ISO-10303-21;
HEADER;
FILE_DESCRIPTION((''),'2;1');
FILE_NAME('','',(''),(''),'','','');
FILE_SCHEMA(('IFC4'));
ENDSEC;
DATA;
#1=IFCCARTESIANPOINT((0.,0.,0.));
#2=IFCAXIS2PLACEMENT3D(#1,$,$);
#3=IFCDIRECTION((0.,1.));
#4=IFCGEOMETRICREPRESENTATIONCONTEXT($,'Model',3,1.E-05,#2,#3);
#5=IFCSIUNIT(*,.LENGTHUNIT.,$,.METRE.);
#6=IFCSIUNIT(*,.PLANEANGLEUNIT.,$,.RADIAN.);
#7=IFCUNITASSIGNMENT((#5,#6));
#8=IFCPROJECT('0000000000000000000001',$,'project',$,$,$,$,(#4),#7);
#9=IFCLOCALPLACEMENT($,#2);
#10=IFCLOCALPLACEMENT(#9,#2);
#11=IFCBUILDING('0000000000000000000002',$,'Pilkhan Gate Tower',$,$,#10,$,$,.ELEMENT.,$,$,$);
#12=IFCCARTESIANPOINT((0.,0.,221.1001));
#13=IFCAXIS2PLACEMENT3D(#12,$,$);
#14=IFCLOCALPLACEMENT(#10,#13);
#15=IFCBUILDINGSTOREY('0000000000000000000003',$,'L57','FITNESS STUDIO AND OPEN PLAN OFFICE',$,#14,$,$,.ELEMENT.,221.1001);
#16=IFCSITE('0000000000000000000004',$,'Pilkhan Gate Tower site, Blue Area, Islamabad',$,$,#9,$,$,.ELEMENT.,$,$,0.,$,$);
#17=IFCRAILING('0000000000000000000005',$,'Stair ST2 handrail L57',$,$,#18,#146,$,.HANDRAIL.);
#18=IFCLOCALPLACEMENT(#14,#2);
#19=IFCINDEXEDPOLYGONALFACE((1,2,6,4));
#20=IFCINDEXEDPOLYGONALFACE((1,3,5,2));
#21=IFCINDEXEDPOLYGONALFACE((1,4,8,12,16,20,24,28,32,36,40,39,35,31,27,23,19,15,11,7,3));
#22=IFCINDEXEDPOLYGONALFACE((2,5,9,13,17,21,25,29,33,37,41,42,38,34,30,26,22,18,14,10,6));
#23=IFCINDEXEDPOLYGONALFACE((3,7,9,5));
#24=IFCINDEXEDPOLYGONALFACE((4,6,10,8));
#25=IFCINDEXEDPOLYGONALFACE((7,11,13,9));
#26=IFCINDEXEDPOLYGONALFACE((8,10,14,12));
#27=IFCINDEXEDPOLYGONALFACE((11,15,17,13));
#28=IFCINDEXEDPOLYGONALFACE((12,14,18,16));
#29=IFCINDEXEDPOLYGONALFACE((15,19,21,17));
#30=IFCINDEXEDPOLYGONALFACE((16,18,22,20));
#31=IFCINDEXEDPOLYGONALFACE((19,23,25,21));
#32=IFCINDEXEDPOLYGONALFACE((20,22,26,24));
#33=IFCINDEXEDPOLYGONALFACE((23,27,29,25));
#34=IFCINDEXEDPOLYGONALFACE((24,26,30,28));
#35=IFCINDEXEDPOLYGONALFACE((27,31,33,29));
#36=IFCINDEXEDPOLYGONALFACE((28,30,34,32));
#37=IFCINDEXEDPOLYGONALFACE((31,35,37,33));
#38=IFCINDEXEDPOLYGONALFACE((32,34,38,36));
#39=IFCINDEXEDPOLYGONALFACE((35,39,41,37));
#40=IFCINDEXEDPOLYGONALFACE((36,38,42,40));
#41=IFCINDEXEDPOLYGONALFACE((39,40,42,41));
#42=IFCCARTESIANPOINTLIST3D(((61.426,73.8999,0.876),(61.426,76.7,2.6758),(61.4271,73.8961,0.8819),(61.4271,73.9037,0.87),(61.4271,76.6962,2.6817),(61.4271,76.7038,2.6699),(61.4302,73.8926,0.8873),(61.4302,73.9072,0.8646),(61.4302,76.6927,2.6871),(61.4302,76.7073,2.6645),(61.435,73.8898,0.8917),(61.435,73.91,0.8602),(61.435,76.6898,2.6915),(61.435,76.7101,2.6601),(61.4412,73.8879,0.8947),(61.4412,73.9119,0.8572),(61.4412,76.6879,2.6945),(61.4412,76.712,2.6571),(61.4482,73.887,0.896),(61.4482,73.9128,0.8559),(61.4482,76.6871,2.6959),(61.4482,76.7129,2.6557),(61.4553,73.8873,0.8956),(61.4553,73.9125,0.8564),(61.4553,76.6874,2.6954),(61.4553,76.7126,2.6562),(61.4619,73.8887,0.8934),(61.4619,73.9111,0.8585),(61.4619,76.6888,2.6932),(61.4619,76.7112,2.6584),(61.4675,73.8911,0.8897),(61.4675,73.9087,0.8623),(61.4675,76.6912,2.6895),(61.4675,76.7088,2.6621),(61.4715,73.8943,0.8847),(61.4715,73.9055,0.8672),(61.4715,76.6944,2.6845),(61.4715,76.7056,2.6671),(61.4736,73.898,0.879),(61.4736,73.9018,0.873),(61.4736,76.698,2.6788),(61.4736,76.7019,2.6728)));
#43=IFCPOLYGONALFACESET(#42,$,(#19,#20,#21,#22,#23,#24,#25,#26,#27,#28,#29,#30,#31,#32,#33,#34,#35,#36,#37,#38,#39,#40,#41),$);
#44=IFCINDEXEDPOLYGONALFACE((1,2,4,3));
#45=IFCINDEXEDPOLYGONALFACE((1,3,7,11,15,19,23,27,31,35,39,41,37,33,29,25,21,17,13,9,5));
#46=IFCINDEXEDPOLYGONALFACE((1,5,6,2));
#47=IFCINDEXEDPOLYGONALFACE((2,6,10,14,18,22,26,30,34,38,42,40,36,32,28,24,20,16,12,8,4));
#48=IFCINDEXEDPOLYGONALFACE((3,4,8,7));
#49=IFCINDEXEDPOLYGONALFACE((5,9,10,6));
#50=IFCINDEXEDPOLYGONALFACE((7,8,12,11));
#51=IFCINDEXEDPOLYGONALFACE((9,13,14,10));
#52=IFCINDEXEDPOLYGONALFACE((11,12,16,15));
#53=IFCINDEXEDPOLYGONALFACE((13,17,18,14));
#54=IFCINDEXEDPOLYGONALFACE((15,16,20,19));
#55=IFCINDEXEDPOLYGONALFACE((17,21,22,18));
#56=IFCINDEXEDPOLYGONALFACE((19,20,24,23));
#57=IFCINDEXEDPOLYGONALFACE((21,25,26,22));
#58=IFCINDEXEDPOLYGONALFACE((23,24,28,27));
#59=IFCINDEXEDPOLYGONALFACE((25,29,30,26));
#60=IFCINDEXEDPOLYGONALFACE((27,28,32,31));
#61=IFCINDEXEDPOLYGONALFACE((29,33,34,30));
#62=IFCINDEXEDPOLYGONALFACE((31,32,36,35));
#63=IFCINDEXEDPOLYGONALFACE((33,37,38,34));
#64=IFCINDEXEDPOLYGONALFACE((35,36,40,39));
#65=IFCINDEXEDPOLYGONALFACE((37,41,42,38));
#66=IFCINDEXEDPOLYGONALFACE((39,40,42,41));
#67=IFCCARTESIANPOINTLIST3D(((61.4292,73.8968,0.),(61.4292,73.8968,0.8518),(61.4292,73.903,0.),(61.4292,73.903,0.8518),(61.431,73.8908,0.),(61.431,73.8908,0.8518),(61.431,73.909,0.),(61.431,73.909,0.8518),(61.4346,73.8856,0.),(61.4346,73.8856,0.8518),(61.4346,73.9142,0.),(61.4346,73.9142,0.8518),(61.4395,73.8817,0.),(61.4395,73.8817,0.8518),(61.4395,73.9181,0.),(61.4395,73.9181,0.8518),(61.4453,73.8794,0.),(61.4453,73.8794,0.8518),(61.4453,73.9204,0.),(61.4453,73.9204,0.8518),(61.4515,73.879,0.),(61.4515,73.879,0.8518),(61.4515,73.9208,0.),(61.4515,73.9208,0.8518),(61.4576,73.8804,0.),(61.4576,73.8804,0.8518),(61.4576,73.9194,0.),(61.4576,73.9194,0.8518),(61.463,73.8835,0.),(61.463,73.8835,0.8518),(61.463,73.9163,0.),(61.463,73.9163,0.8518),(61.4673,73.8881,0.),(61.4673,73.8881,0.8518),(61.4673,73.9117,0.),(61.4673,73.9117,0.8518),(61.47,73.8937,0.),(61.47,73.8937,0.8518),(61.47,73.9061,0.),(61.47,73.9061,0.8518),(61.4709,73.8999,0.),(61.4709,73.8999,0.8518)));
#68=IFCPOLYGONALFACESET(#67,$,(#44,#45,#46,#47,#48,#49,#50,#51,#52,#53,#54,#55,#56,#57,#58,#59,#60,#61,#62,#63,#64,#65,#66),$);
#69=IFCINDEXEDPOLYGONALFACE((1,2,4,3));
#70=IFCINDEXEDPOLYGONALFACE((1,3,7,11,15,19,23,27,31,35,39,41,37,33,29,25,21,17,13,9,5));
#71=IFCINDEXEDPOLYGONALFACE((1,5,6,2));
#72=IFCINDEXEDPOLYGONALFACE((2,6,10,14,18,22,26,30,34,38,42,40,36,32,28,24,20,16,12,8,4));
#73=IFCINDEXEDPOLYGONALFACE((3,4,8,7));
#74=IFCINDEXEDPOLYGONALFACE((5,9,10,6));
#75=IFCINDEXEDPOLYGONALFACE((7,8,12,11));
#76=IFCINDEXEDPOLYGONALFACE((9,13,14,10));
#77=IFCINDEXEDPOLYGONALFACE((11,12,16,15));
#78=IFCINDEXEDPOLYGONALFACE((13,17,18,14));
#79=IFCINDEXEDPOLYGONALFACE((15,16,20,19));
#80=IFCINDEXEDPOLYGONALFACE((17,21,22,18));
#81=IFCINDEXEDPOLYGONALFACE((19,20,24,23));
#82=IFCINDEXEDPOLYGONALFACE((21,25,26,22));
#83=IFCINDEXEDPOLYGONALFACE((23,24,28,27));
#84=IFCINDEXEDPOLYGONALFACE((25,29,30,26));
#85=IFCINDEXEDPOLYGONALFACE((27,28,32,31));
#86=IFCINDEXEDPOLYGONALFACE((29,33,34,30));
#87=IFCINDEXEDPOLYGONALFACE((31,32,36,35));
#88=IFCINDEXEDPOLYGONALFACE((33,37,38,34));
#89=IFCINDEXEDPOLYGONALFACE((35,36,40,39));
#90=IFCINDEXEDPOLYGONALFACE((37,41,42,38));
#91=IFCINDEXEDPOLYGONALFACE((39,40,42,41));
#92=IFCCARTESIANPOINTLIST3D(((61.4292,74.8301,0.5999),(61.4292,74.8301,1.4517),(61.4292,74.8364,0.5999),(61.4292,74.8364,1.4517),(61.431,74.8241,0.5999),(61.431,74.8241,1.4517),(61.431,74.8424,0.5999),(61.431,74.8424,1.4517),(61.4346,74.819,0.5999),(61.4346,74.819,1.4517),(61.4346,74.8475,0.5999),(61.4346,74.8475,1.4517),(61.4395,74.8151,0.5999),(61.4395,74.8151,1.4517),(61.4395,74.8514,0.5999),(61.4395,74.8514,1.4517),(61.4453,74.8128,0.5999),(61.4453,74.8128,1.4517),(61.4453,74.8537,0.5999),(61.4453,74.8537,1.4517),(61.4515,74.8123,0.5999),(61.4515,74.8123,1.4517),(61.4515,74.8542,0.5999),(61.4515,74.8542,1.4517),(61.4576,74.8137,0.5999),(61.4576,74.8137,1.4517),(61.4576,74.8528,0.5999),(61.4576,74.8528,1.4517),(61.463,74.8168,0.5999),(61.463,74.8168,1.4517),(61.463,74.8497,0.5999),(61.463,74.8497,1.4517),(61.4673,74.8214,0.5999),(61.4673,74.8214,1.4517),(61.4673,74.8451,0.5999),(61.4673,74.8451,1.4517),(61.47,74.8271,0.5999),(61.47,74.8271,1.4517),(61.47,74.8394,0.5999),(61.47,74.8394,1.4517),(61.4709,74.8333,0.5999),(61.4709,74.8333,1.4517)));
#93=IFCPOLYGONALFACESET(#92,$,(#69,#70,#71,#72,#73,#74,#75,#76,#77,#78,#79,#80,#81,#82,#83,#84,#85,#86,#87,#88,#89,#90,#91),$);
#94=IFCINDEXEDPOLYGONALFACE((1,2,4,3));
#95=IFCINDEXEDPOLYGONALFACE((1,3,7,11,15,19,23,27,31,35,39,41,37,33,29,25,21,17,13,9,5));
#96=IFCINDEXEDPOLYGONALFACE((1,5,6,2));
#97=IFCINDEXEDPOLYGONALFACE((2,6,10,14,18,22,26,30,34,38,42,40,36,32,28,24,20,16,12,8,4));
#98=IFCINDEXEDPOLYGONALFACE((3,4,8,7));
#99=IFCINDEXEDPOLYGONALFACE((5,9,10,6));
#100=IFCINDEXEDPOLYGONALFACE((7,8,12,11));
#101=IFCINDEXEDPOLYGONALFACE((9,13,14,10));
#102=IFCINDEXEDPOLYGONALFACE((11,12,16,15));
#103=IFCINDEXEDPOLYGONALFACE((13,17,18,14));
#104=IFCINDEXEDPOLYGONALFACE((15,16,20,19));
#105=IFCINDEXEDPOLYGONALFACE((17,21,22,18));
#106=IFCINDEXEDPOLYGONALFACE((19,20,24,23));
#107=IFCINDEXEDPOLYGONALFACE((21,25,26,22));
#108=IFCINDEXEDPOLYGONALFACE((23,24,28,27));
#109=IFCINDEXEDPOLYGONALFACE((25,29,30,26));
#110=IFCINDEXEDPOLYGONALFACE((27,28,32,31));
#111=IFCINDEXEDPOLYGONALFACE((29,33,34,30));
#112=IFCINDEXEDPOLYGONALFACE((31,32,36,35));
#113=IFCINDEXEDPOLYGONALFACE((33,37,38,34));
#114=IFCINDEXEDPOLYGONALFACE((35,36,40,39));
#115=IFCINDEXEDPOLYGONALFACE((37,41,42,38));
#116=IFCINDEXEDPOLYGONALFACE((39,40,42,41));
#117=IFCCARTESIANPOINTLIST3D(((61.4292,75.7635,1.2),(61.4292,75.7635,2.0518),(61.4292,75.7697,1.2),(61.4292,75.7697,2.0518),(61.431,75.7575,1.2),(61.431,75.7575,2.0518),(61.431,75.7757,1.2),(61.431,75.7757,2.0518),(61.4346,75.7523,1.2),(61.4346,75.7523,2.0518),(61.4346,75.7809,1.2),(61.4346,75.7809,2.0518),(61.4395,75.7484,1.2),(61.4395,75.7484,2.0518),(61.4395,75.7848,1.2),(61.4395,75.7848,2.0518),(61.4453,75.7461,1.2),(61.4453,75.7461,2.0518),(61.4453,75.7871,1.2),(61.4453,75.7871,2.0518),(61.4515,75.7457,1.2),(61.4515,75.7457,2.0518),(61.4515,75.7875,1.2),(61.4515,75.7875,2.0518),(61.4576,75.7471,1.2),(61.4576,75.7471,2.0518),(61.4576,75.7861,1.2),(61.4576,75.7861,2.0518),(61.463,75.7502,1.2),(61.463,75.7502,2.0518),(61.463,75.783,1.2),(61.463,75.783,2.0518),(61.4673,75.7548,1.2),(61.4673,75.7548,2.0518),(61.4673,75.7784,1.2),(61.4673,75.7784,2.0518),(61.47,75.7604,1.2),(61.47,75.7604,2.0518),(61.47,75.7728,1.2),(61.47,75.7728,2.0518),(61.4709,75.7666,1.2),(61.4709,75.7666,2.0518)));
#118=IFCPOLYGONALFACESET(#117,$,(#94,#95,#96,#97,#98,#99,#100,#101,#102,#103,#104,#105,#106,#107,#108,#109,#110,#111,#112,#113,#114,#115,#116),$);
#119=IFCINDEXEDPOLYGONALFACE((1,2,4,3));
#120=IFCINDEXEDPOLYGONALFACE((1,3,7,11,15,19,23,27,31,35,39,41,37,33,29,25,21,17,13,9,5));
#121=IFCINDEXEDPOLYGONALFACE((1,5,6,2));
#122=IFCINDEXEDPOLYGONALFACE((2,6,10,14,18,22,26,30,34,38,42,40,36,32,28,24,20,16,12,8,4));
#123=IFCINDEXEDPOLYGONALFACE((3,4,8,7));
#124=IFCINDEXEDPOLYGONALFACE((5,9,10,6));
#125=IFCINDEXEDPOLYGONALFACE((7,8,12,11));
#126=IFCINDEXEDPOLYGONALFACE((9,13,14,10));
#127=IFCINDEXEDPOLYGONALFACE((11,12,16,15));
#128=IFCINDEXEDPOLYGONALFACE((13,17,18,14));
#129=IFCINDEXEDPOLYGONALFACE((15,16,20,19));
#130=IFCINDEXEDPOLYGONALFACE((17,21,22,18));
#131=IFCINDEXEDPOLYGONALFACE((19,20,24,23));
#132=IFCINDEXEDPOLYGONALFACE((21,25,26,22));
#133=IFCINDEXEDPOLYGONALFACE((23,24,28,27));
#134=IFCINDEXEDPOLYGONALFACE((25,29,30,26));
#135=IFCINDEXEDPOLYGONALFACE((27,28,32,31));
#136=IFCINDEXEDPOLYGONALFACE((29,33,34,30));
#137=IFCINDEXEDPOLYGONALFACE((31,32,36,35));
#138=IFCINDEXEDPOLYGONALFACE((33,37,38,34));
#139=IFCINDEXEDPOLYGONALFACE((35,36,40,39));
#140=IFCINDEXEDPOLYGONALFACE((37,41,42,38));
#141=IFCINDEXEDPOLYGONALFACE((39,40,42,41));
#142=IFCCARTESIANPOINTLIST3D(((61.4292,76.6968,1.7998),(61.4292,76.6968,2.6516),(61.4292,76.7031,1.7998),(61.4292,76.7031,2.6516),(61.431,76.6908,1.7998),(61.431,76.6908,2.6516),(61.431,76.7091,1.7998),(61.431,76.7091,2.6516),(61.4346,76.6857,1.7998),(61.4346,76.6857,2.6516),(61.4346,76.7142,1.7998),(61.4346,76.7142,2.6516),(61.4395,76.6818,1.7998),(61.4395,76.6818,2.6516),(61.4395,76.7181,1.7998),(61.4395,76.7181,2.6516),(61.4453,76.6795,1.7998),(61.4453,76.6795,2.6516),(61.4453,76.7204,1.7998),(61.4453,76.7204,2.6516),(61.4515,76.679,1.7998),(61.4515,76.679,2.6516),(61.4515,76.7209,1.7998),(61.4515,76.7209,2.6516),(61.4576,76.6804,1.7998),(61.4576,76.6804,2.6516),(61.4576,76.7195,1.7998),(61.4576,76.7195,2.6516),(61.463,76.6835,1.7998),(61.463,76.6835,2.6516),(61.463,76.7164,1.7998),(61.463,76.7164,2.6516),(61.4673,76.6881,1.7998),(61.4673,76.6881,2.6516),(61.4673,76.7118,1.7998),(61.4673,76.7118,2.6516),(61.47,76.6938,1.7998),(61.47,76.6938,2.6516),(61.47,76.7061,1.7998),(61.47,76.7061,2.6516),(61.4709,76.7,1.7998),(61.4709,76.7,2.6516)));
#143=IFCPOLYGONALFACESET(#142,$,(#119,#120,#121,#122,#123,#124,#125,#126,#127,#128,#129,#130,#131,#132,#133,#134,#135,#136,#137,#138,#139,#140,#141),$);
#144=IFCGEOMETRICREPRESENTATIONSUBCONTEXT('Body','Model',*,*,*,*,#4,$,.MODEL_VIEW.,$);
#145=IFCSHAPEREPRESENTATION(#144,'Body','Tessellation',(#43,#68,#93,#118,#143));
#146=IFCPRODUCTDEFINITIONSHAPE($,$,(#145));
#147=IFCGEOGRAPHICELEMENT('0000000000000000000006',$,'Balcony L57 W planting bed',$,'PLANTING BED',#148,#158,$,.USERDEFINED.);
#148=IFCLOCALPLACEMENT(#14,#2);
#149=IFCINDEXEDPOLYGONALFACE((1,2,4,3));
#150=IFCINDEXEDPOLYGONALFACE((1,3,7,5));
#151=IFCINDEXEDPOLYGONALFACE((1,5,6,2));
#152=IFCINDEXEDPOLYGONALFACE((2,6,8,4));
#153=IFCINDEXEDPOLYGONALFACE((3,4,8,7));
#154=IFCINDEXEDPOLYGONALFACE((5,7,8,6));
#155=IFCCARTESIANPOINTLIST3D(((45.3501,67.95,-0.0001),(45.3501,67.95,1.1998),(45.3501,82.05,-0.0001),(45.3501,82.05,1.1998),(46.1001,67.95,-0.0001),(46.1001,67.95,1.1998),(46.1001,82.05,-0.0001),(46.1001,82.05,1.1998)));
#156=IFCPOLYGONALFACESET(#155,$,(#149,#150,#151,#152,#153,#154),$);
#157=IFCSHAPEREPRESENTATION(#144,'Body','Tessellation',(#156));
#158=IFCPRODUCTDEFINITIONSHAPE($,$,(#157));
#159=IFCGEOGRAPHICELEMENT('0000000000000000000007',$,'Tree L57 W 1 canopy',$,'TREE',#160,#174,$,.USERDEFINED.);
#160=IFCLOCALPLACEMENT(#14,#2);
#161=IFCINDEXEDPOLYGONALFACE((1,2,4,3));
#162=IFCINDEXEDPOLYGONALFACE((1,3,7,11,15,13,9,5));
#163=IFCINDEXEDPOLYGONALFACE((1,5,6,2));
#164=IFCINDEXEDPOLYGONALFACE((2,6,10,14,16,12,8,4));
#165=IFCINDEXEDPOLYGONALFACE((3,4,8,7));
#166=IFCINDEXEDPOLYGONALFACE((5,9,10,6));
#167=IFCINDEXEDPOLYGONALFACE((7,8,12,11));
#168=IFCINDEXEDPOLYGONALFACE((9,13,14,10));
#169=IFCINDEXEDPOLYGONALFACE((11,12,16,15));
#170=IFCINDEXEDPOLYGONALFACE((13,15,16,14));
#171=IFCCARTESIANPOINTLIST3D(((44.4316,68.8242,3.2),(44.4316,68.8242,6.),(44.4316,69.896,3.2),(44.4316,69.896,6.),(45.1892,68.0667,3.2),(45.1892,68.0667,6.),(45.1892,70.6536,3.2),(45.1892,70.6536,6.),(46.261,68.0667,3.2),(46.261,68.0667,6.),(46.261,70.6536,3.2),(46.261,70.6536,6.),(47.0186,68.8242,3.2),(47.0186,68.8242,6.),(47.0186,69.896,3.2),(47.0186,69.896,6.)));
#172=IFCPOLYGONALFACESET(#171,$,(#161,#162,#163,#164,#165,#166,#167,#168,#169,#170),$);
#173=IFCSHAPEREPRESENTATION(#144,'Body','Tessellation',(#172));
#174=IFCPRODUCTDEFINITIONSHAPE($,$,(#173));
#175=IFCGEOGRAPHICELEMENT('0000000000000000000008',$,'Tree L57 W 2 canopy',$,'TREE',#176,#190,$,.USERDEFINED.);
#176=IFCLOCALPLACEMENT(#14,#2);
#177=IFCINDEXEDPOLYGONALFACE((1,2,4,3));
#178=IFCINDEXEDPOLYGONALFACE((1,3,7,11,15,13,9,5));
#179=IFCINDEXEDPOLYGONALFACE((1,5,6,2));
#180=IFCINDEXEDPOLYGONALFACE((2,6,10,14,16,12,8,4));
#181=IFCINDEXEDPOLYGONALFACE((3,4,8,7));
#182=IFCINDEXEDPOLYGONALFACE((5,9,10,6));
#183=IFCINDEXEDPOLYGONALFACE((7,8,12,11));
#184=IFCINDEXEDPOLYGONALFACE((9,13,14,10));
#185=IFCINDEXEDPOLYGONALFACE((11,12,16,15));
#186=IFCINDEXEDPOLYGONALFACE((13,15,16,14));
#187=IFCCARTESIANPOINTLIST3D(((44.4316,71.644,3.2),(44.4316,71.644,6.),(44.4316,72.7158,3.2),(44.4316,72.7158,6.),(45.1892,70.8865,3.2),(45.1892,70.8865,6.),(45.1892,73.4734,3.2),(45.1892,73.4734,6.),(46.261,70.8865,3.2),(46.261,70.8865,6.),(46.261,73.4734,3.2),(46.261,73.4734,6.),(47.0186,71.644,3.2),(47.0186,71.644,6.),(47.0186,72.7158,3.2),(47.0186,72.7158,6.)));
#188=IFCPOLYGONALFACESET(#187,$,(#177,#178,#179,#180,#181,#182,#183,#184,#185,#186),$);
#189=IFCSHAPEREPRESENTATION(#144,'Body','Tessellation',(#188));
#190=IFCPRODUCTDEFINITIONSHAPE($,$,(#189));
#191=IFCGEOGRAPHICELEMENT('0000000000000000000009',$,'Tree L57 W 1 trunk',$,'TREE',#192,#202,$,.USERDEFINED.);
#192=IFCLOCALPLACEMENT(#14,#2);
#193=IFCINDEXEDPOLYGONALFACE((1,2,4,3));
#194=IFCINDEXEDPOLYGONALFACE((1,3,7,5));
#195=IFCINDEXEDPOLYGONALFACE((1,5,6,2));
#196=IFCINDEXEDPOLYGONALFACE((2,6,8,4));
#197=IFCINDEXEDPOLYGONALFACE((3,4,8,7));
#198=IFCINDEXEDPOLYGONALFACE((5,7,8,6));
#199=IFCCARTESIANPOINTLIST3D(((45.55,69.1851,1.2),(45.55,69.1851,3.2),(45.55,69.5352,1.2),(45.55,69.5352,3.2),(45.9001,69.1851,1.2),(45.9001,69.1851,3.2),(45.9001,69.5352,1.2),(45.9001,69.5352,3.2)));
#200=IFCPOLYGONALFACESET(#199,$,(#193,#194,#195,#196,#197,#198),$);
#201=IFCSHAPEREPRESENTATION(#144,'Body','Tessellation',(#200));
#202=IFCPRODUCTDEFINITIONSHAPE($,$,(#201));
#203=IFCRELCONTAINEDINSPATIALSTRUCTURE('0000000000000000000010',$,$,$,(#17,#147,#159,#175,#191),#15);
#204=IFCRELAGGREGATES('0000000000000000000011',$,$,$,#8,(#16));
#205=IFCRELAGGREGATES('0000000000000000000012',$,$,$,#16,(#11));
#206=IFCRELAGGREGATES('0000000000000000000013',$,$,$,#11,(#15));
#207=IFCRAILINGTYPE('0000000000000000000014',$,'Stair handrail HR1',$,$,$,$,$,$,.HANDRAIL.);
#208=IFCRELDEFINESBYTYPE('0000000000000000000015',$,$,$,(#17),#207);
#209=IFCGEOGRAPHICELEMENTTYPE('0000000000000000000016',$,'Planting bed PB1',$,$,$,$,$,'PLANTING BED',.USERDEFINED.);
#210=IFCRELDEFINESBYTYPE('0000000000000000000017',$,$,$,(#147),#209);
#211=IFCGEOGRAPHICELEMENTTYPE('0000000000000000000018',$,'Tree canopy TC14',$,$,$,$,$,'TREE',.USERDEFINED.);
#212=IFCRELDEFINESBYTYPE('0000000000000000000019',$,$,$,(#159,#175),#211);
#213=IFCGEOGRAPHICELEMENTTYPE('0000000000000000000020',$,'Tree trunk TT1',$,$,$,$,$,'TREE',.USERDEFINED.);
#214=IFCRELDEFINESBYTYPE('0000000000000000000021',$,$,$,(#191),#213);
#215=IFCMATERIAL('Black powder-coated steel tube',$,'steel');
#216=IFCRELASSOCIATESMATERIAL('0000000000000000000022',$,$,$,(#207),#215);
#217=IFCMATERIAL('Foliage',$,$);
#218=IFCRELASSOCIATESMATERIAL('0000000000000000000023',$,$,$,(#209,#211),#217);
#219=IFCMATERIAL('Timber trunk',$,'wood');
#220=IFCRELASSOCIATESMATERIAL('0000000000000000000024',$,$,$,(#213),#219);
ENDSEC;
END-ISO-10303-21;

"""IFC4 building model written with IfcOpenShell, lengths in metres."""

from ifc_helpers import new_model, si_unit, direction, frame, origin, origin_2d, place, context, subcontext, project, spatial, polyline, rectangle, circle, outline, extrude, material, material_profile, profile_set, type_object, element, save


model = new_model("IFC4")

# Units and contexts
model_context = context("Model", 3, precision=1e-05, world=origin(), true_north=direction((0.0, 1.0)))
body_context = subcontext(model_context, "Body", "Model", "MODEL_VIEW")
ifc_project = project(units=[si_unit("LENGTHUNIT", "METRE"), si_unit("PLANEANGLEUNIT", "RADIAN")], contexts=[model_context])

# Site, building, storey
site_placement = place(None, origin())
site = spatial("IfcSite", under=ifc_project, at=site_placement, Name="Pilkhan Gate Tower site, Blue Area, Islamabad", CompositionType="ELEMENT", RefElevation=0.0)
building_placement = place(site_placement, origin())
building = spatial("IfcBuilding", under=site, at=building_placement, Name="Pilkhan Gate Tower", CompositionType="ELEMENT")
storey_placement = place(building_placement, frame((0.0, 0.0, 221.1001)))
storey = spatial("IfcBuildingStorey", under=building, at=storey_placement, Name="L57", Description="FITNESS STUDIO AND OPEN PLAN OFFICE", CompositionType="ELEMENT", Elevation=221.1001)

# Railing
ifc_material_1 = material(Name="Black powder-coated steel tube", Category="steel")
railing_type_1 = type_object("IfcRailingType", Name="Stair handrail HR1", PredefinedType="HANDRAIL", material=ifc_material_1)
railing_1_placement = place(storey_placement, frame((61.45, 73.8999, 0.0)))
element("IfcRailing", 1, at=railing_1_placement, inside=storey, type_object=railing_type_1, Name="Stair ST2 handrail L57", PredefinedType="HANDRAIL", context=body_context, shape_type="SweptSolid", body=[
    extrude(circle(Radius=0.0239, at=origin_2d()), frame((0.0, 0.0, 0.876), z_axis=(0.0, 0.841209, 0.540709), x_axis=(-1.0, 0.0, 0.0)), (0.0, 0.0, 1.0), 3.3286),
    extrude(circle(Radius=0.021, at=origin_2d()), origin(), (0.0, 0.0, 1.0), 0.8518),
    extrude(circle(Radius=0.021, at=origin_2d()), frame((0.0, 0.9333, 0.5999)), (0.0, 0.0, 1.0), 0.8518),
    extrude(circle(Radius=0.021, at=origin_2d()), frame((0.0, 1.8667, 1.2)), (0.0, 0.0, 1.0), 0.8518),
    extrude(circle(Radius=0.021, at=origin_2d()), frame((0.0, 2.8, 1.7998)), (0.0, 0.0, 1.0), 0.8518),
])

# Geographic elements
ifc_material_2 = material(Name="Foliage")
ifc_material_profile_1 = material_profile(ifc_material_2, rectangle(XDim=0.75, YDim=1.2, at=origin_2d()), Name="Bed 750x1200")
ifc_profile_set_1 = profile_set([ifc_material_profile_1], Name="Foliage")
geographic_element_type_1 = type_object("IfcGeographicElementType", Name="Planting bed PB1", ElementType="PLANTING BED", PredefinedType="USERDEFINED", material=ifc_profile_set_1)
geographic_element_placement = place(storey_placement, frame((45.7251, 67.95, 0.5999), z_axis=(0.0, 1.0, 0.0), x_axis=(-1.0, 0.0, 0.0)))
element("IfcGeographicElement", 2, at=geographic_element_placement, inside=storey, type_object=geographic_element_type_1, Name="Balcony L57 W planting bed", ObjectType="PLANTING BED", PredefinedType="USERDEFINED", context=body_context, shape_type="SweptSolid", body=[
    extrude(rectangle(XDim=0.75, YDim=1.2, at=origin_2d()), origin(), (0.0, 0.0, 1.0), 14.1001),
])
ifc_material_profile_2 = material_profile(ifc_material_2, outline(polyline([(1.2935, 0.5359), (0.5359, 1.2935), (-0.5359, 1.2935), (-1.2935, 0.5359), (-1.2935, -0.5359), (-0.5359, -1.2935), (0.5359, -1.2935), (1.2935, -0.5359), (1.2935, 0.5359)])), Name="Canopy D2.8")
ifc_profile_set_2 = profile_set([ifc_material_profile_2], Name="Foliage")
geographic_element_type_2 = type_object("IfcGeographicElementType", Name="Tree canopy TC14", ElementType="TREE", PredefinedType="USERDEFINED", material=ifc_profile_set_2)
for number, where, z_axis, x_axis, name in (
    (3, (45.7251, 69.3601, 3.2), (0.0, 0.0, 1.0), (1.0, 0.0, 0.0), "Tree L57 W 1 canopy"),
    (4, (45.7251, 72.1799, 3.2), (0.0, 0.0, 1.0), (1.0, 0.0, 0.0), "Tree L57 W 2 canopy"),
):
    element("IfcGeographicElement", number, at=place(storey_placement, frame(where, z_axis=z_axis, x_axis=x_axis)), inside=storey, type_object=geographic_element_type_2, Name=name, ObjectType="TREE", PredefinedType="USERDEFINED", context=body_context, shape_type="SweptSolid", body=[
        extrude(outline(polyline([(1.2935, 0.5359), (0.5359, 1.2935), (-0.5359, 1.2935), (-1.2935, 0.5359), (-1.2935, -0.5359), (-0.5359, -1.2935), (0.5359, -1.2935), (1.2935, -0.5359), (1.2935, 0.5359)])), origin(), (0.0, 0.0, 1.0), 2.8),
    ])
ifc_material_3 = material(Name="Timber trunk", Category="wood")
geographic_element_type_3 = type_object("IfcGeographicElementType", Name="Tree trunk TT1", ElementType="TREE", PredefinedType="USERDEFINED", material=ifc_material_3)
for number, where, z_axis, x_axis, name in (
    (5, (45.7251, 69.3601, 1.2), (0.0, 0.0, 1.0), (1.0, 0.0, 0.0), "Tree L57 W 1 trunk"),
):
    element("IfcGeographicElement", number, at=place(storey_placement, frame(where, z_axis=z_axis, x_axis=x_axis)), inside=storey, type_object=geographic_element_type_3, Name=name, ObjectType="TREE", PredefinedType="USERDEFINED", context=body_context, shape_type="SweptSolid", body=[
        extrude(rectangle(XDim=0.3501, YDim=0.3501, at=origin_2d()), origin(), (0.0, 0.0, 1.0), 2.0),
    ])

save(model, "model.ifc")
